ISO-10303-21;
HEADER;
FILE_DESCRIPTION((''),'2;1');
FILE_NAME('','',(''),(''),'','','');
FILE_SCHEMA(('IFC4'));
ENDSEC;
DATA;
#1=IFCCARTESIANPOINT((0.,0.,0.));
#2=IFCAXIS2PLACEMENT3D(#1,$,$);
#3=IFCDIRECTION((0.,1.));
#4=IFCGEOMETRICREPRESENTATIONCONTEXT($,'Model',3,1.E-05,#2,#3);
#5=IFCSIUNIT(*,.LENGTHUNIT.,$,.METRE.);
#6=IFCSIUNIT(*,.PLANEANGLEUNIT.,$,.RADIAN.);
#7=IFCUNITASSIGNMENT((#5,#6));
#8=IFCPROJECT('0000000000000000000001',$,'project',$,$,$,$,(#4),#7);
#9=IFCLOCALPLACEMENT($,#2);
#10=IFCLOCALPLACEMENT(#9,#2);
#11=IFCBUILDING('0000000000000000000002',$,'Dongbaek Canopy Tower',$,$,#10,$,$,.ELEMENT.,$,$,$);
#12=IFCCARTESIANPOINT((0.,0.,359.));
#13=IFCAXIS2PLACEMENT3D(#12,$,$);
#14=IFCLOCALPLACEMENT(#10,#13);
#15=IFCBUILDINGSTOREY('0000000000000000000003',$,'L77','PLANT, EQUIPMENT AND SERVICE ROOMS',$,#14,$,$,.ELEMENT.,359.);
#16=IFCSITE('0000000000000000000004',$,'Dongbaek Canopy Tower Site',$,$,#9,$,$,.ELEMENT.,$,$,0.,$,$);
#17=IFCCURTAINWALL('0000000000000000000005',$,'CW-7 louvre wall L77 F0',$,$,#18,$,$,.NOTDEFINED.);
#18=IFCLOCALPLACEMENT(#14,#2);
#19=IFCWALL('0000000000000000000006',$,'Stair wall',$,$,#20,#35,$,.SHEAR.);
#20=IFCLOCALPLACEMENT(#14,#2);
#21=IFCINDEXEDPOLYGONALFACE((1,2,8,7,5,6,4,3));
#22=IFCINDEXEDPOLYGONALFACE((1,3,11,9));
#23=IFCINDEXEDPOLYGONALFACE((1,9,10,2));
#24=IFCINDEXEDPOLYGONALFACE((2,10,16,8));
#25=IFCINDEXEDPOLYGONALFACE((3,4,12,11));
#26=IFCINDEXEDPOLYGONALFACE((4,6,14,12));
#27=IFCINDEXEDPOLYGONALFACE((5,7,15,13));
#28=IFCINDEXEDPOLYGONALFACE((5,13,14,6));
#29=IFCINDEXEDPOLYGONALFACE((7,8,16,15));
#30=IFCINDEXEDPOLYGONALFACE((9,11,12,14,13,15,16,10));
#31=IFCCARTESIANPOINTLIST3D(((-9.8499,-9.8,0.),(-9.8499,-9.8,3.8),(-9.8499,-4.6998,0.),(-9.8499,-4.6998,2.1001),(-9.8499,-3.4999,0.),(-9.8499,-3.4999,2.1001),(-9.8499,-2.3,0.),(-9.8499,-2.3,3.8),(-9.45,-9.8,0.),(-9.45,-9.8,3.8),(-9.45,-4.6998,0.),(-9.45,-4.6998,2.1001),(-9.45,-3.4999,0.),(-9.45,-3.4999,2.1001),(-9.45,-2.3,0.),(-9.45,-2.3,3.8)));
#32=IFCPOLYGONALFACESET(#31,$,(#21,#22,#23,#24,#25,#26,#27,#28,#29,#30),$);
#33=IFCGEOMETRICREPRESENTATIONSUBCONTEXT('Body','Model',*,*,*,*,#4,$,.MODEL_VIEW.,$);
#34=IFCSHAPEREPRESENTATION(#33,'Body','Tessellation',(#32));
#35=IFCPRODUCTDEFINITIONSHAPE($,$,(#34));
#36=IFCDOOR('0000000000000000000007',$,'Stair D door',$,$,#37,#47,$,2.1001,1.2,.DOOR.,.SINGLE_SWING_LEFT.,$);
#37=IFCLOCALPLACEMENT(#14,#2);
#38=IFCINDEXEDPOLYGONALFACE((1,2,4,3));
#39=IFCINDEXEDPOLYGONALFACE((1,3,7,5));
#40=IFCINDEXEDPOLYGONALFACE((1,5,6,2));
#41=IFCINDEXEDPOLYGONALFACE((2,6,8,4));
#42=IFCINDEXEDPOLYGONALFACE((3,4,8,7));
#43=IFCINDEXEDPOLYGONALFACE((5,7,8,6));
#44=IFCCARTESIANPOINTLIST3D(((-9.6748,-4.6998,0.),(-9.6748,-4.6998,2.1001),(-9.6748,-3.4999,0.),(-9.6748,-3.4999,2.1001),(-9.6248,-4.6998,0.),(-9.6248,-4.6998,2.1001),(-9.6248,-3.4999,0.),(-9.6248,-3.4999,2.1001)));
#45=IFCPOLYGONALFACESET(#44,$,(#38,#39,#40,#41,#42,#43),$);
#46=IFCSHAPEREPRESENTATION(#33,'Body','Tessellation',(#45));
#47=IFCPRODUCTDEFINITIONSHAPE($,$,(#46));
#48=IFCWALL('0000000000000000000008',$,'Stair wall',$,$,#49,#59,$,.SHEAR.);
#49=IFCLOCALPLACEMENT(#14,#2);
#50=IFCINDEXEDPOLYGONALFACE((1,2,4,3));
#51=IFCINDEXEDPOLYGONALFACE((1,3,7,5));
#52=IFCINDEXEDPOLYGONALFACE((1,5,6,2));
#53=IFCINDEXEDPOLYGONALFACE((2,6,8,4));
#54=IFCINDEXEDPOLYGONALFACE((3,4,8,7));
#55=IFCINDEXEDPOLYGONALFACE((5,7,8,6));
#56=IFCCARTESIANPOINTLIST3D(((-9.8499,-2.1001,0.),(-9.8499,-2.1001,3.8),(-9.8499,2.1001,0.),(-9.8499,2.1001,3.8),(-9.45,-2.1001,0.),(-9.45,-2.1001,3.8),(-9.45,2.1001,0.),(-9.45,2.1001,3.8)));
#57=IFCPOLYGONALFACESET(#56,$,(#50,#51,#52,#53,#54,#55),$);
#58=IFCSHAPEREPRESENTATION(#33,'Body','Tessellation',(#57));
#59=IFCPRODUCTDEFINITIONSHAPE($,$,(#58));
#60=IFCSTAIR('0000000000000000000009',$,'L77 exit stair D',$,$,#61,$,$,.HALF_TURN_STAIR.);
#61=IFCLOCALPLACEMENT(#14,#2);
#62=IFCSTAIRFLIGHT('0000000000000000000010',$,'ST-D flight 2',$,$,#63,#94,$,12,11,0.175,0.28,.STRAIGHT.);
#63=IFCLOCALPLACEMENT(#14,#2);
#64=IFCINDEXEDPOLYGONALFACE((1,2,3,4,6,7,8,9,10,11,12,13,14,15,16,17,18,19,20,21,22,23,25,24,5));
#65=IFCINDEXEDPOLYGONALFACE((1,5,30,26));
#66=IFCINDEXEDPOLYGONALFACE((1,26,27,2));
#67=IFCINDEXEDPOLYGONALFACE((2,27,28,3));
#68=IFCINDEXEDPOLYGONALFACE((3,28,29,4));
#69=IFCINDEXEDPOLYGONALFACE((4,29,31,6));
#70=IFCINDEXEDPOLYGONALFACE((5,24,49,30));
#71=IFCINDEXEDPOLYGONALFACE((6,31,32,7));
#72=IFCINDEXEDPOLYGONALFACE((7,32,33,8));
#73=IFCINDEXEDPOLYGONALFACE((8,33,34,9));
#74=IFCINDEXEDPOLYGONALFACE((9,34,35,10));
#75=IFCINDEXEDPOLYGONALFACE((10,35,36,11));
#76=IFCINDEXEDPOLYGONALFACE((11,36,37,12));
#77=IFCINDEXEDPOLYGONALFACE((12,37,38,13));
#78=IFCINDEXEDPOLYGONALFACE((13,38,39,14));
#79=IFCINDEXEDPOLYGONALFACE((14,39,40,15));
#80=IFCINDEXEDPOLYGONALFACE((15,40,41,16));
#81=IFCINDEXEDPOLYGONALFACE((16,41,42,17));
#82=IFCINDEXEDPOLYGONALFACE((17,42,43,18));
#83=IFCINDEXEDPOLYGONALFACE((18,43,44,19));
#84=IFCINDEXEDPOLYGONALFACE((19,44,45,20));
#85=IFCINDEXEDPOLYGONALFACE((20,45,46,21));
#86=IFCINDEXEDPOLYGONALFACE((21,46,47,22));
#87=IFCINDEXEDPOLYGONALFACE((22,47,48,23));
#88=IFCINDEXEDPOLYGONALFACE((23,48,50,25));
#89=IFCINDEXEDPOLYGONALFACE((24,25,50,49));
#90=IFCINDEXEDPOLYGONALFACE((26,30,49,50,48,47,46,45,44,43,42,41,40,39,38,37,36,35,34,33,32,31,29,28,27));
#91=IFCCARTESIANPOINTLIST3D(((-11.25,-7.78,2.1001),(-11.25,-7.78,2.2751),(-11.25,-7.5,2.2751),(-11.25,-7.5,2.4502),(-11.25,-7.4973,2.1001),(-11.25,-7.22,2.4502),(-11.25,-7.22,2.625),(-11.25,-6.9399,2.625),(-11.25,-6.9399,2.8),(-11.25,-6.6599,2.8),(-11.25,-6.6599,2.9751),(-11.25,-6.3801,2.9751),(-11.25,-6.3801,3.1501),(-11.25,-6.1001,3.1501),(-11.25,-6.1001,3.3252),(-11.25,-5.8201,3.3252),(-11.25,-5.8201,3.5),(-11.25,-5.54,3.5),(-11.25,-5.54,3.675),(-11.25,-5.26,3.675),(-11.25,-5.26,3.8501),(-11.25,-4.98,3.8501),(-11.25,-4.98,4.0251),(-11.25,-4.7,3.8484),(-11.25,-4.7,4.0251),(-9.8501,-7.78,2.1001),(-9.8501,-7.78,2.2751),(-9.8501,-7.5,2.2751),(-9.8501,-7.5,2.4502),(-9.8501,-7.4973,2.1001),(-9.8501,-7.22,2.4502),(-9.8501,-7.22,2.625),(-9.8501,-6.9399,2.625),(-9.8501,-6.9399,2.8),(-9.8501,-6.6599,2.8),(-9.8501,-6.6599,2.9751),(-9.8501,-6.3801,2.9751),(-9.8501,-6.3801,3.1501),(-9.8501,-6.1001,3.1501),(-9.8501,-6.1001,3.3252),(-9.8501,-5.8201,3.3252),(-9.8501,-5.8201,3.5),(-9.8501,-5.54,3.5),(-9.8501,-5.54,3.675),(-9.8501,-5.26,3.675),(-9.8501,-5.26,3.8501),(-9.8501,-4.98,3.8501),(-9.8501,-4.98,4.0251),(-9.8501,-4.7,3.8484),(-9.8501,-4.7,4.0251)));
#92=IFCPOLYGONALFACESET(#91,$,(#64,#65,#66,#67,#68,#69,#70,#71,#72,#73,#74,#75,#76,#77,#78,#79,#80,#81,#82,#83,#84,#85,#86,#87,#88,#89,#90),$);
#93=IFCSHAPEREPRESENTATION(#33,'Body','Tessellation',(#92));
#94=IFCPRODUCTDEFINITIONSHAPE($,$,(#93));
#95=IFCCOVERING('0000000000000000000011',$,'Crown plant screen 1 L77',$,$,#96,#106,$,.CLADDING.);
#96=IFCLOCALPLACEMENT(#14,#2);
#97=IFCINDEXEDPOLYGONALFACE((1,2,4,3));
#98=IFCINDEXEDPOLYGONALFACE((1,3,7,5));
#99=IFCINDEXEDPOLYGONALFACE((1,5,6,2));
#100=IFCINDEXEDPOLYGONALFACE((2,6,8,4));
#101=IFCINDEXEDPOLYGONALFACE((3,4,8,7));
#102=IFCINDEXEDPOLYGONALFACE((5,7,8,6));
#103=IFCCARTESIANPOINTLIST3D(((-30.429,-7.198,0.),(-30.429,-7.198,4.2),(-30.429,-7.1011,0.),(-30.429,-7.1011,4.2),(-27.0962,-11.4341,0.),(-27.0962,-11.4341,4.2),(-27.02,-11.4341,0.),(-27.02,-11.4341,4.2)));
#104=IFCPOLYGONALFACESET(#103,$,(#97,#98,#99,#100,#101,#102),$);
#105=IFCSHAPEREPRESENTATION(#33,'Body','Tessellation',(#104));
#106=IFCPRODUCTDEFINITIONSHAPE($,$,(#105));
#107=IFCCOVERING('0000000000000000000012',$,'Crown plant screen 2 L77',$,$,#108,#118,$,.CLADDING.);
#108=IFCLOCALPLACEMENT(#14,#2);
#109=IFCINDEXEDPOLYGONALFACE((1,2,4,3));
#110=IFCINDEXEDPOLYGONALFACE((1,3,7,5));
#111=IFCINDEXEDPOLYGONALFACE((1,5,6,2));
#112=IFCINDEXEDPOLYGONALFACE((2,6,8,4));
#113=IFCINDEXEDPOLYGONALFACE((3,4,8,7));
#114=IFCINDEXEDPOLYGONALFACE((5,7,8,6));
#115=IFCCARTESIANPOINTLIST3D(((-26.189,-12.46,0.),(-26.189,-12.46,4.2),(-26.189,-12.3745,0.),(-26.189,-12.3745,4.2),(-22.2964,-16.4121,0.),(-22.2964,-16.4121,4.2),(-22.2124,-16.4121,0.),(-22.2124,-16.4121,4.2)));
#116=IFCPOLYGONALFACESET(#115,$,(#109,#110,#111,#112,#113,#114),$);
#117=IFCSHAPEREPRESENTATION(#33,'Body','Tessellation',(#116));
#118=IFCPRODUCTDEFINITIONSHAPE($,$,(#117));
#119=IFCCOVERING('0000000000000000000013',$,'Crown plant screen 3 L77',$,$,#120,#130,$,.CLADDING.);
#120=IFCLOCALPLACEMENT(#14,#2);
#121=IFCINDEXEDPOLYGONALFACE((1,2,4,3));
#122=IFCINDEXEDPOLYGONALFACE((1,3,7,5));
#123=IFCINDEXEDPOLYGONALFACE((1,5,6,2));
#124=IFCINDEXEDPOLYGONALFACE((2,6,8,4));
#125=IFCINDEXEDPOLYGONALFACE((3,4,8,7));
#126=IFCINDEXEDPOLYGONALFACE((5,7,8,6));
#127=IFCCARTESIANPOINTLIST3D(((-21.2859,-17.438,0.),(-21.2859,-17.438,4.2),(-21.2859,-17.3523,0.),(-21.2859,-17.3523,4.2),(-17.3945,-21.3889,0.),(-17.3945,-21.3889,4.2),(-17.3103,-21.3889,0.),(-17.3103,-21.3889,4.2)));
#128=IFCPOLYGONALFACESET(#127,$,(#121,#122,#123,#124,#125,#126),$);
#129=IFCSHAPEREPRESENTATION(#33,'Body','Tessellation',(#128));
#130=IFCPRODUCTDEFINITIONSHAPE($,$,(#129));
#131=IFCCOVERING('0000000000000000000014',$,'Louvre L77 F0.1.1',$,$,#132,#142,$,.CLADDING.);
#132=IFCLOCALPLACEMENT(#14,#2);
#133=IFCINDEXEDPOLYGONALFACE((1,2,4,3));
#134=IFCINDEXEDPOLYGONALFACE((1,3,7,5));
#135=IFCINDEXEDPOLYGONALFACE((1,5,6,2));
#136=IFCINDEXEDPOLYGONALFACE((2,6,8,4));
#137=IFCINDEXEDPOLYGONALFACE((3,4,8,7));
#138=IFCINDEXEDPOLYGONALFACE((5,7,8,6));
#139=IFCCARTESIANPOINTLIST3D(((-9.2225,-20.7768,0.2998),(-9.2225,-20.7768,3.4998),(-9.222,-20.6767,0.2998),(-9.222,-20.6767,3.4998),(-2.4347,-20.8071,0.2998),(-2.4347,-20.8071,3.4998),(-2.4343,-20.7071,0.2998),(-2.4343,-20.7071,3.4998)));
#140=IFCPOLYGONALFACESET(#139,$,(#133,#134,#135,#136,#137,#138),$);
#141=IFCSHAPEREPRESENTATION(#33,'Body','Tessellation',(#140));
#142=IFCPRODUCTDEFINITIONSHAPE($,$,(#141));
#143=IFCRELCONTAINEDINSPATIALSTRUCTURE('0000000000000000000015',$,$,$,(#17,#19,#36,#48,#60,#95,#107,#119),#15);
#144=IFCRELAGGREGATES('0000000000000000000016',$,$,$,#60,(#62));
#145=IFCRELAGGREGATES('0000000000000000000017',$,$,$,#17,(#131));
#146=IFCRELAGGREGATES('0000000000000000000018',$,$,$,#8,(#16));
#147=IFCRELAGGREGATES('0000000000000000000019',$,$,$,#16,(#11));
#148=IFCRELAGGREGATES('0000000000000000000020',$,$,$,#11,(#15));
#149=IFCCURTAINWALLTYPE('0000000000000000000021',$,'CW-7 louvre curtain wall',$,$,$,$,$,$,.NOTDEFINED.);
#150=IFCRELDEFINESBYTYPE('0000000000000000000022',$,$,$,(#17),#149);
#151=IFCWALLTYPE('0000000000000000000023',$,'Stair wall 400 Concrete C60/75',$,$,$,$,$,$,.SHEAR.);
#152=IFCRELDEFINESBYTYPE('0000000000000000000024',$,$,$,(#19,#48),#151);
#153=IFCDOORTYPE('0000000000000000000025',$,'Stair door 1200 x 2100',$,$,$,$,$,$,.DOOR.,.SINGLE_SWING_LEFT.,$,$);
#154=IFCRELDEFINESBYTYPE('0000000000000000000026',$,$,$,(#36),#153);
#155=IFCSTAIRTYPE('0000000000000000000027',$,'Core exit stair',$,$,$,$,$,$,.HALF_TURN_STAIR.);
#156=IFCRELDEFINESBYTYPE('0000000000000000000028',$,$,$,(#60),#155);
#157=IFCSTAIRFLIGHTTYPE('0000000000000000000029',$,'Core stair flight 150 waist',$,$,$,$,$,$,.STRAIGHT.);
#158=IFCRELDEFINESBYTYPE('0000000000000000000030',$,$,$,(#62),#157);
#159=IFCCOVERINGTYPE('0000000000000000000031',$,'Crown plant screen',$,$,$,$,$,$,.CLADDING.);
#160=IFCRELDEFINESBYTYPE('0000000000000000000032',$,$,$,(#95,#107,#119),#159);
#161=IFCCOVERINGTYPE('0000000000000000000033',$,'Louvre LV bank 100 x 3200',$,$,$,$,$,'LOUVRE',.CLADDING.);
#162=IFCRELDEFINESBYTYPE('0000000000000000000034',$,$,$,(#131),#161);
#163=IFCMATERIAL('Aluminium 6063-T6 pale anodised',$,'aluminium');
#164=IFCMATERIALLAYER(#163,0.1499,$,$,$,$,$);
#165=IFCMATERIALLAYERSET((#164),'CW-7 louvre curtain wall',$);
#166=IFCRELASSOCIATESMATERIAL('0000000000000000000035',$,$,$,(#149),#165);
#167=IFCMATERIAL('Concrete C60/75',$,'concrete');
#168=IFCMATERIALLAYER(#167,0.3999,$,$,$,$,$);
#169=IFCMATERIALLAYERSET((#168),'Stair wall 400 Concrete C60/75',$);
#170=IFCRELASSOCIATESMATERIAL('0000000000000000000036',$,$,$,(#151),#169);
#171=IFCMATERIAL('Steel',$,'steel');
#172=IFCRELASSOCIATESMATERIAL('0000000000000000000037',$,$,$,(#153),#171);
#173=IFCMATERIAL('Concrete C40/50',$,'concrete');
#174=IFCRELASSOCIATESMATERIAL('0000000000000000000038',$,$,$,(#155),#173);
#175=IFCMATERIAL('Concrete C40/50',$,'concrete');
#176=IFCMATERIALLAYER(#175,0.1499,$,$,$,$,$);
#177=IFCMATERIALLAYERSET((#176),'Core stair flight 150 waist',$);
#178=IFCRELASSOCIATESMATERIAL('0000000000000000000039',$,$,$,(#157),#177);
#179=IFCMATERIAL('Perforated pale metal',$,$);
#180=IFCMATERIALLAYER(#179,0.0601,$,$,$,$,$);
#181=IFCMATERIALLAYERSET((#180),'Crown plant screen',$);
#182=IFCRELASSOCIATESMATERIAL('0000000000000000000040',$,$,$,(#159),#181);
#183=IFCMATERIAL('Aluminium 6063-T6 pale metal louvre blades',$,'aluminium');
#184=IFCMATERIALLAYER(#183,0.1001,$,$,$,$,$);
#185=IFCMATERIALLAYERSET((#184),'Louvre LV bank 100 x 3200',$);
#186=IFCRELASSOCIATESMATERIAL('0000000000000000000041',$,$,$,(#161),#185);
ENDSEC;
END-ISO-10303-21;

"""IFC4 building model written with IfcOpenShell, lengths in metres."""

from ifc_helpers import new_model, si_unit, direction, frame, frame_2d, origin, origin_2d, place, context, subcontext, project, spatial, polyline, rectangle, outline, extrude, material, layer, layer_set, type_object, element, fill, aggregate, save


model = new_model("IFC4")

# Units and contexts
model_context = context("Model", 3, precision=1e-05, world=origin(), true_north=direction((0.0, 1.0)))
body_context = subcontext(model_context, "Body", "Model", "MODEL_VIEW")
ifc_project = project(units=[si_unit("LENGTHUNIT", "METRE"), si_unit("PLANEANGLEUNIT", "RADIAN")], contexts=[model_context])

# Site, building, storey
site_placement = place(None, origin())
site = spatial("IfcSite", under=ifc_project, at=site_placement, Name="Dongbaek Canopy Tower Site", CompositionType="ELEMENT", RefElevation=0.0)
building_placement = place(site_placement, origin())
building = spatial("IfcBuilding", under=site, at=building_placement, Name="Dongbaek Canopy Tower", CompositionType="ELEMENT")
storey_placement = place(building_placement, frame((0.0, 0.0, 359.0)))
storey = spatial("IfcBuildingStorey", under=building, at=storey_placement, Name="L77", Description="PLANT, EQUIPMENT AND SERVICE ROOMS", CompositionType="ELEMENT", Elevation=359.0)

# Curtain wall
ifc_material_1 = material(Name="Aluminium 6063-T6 pale anodised", Category="aluminium")
ifc_layer_1 = layer(ifc_material_1, 0.1499)
ifc_layer_set_1 = layer_set([ifc_layer_1], Name="CW-7 louvre curtain wall")
curtain_wall_type = type_object("IfcCurtainWallType", Name="CW-7 louvre curtain wall", PredefinedType="NOTDEFINED", material=ifc_layer_set_1)
curtain_wall_1_placement = place(storey_placement, origin())
curtain_wall_1 = element("IfcCurtainWall", 1, at=curtain_wall_1_placement, inside=storey, type_object=curtain_wall_type, Name="CW-7 louvre wall L77 F0", PredefinedType="NOTDEFINED")

# Wall, opening, door
ifc_material_2 = material(Name="Concrete C60/75", Category="concrete")
ifc_layer_2 = layer(ifc_material_2, 0.3999)
ifc_layer_set_2 = layer_set([ifc_layer_2], Name="Stair wall 400 Concrete C60/75")
wall_type_1 = type_object("IfcWallType", Name="Stair wall 400 Concrete C60/75", PredefinedType="SHEAR", material=ifc_layer_set_2)
wall_1_placement = place(storey_placement, frame((-9.6499, -9.8, 0.0), z_axis=(0.0, 0.0, 1.0), x_axis=(0.0, 1.0, 0.0)))
wall_1 = element("IfcWall", 2, at=wall_1_placement, inside=storey, type_object=wall_type_1, Name="Stair wall", PredefinedType="SHEAR", context=body_context, shape_type="SweptSolid", body=[
    extrude(rectangle(XDim=7.5, YDim=0.3999, at=frame_2d((3.75, 0.0))), origin(), (0.0, 0.0, 1.0), 3.8),
])
opening_1_placement = place(wall_1_placement, frame((5.1001, 0.0, 0.0)))
opening_1 = element("IfcOpeningElement", 3, at=opening_1_placement, cuts=wall_1, PredefinedType="OPENING", context=body_context, shape_type="SweptSolid", body=[
    extrude(rectangle(XDim=1.2, YDim=2.1001, at=frame_2d((0.6001, 1.05))), frame((0.0, 0.21, 0.0), z_axis=(0.0, -1.0, 0.0), x_axis=(1.0, 0.0, 0.0)), (0.0, 0.0, 1.0), 0.4199),
])
ifc_material_3 = material(Name="Steel", Category="steel")
door_type_1 = type_object("IfcDoorType", Name="Stair door 1200 x 2100", OperationType="SINGLE_SWING_LEFT", PredefinedType="DOOR", material=ifc_material_3)
door_1_placement = place(opening_1_placement, origin())
door_1 = element("IfcDoor", 4, at=door_1_placement, inside=storey, type_object=door_type_1, Name="Stair D door", OperationType="SINGLE_SWING_LEFT", OverallHeight=2.1001, OverallWidth=1.2, PredefinedType="DOOR", context=body_context, shape_type="SweptSolid", body=[
    extrude(rectangle(XDim=1.2, YDim=2.1001, at=frame_2d((0.6001, 1.05))), frame((0.0, 0.0249, 0.0), z_axis=(0.0, -1.0, 0.0), x_axis=(1.0, 0.0, 0.0)), (0.0, 0.0, 1.0), 0.05),
])
fill(opening_1, door_1)

# Wall
wall_2_placement = place(storey_placement, frame((-9.6499, -2.1001, 0.0), z_axis=(0.0, 0.0, 1.0), x_axis=(0.0, 1.0, 0.0)))
element("IfcWall", 5, at=wall_2_placement, inside=storey, type_object=wall_type_1, Name="Stair wall", PredefinedType="SHEAR", context=body_context, shape_type="SweptSolid", body=[
    extrude(rectangle(XDim=4.2002, YDim=0.3999, at=frame_2d((2.1001, 0.0))), origin(), (0.0, 0.0, 1.0), 3.8),
])

# Stair, stair flight
ifc_material_4 = material(Name="Concrete C40/50", Category="concrete")
stair_type = type_object("IfcStairType", Name="Core exit stair", PredefinedType="HALF_TURN_STAIR", material=ifc_material_4)
stair_placement = place(storey_placement, origin())
stair = element("IfcStair", 6, at=stair_placement, inside=storey, type_object=stair_type, Name="L77 exit stair D", PredefinedType="HALF_TURN_STAIR")
ifc_material_5 = material(Name="Concrete C40/50", Category="concrete")
ifc_layer_3 = layer(ifc_material_5, 0.1499)
ifc_layer_set_3 = layer_set([ifc_layer_3], Name="Core stair flight 150 waist")
stair_flight_type = type_object("IfcStairFlightType", Name="Core stair flight 150 waist", PredefinedType="STRAIGHT", material=ifc_layer_set_3)
stair_flight_placement = place(storey_placement, frame((-10.55, -7.78, 2.1001), z_axis=(0.0, 0.0, 1.0), x_axis=(0.0, 1.0, 0.0)))
stair_flight = element("IfcStairFlight", 7, at=stair_flight_placement, type_object=stair_flight_type, Name="ST-D flight 2", NumberOfRisers=12, NumberOfTreads=11, PredefinedType="STRAIGHT", RiserHeight=0.175, TreadLength=0.28, context=body_context, shape_type="SweptSolid", body=[
    extrude(outline(polyline([(0.0, 0.0), (0.0, 0.175), (0.28, 0.175), (0.28, 0.3501), (0.5601, 0.3501), (0.5601, 0.5249), (0.8401, 0.5249), (0.8401, 0.7), (1.1201, 0.7), (1.1201, 0.875), (1.3999, 0.875), (1.3999, 1.05), (1.6799, 1.05), (1.6799, 1.2251), (1.96, 1.2251), (1.96, 1.3999), (2.24, 1.3999), (2.24, 1.575), (2.52, 1.575), (2.52, 1.75), (2.8, 1.75), (2.8, 1.925), (3.0801, 1.925), (3.0801, 2.1001), (3.0801, 1.7483), (0.2827, 0.0), (0.0, 0.0)])), frame((0.0, 0.7, 0.0), z_axis=(0.0, -1.0, 0.0), x_axis=(1.0, 0.0, 0.0)), (0.0, 0.0, 1.0), 1.3999),
])
aggregate(stair, [stair_flight])

# Coverings
ifc_material_6 = material(Name="Perforated pale metal")
ifc_layer_4 = layer(ifc_material_6, 0.0601)
ifc_layer_set_4 = layer_set([ifc_layer_4], Name="Crown plant screen")
covering_type_1 = type_object("IfcCoveringType", Name="Crown plant screen", PredefinedType="CLADDING", material=ifc_layer_set_4)
covering_1_placement = place(storey_placement, origin())
element("IfcCovering", 8, at=covering_1_placement, inside=storey, type_object=covering_type_1, Name="Crown plant screen 1 L77", PredefinedType="CLADDING", context=body_context, shape_type="SweptSolid", body=[
    extrude(outline(polyline([(-30.429, -7.198), (-30.429, -7.1011), (-27.02, -11.4341), (-27.0962, -11.4341), (-30.429, -7.198)])), origin(), (0.0, 0.0, 1.0), 4.2),
])
covering_2_placement = place(storey_placement, origin())
element("IfcCovering", 9, at=covering_2_placement, inside=storey, type_object=covering_type_1, Name="Crown plant screen 2 L77", PredefinedType="CLADDING", context=body_context, shape_type="SweptSolid", body=[
    extrude(outline(polyline([(-26.189, -12.46), (-26.189, -12.3745), (-22.2124, -16.4121), (-22.2964, -16.4121), (-26.189, -12.46)])), origin(), (0.0, 0.0, 1.0), 4.2),
])
covering_3_placement = place(storey_placement, origin())
element("IfcCovering", 10, at=covering_3_placement, inside=storey, type_object=covering_type_1, Name="Crown plant screen 3 L77", PredefinedType="CLADDING", context=body_context, shape_type="SweptSolid", body=[
    extrude(outline(polyline([(-21.2859, -17.438), (-21.2859, -17.3523), (-17.3103, -21.3889), (-17.3945, -21.3889), (-21.2859, -17.438)])), origin(), (0.0, 0.0, 1.0), 4.2),
])

# Covering
ifc_material_7 = material(Name="Aluminium 6063-T6 pale metal louvre blades", Category="aluminium")
ifc_layer_5 = layer(ifc_material_7, 0.1001)
ifc_layer_set_5 = layer_set([ifc_layer_5], Name="Louvre LV bank 100 x 3200")
covering_type_2 = type_object("IfcCoveringType", Name="Louvre LV bank 100 x 3200", ElementType="LOUVRE", PredefinedType="CLADDING", material=ifc_layer_set_5)
covering_4_placement = place(storey_placement, frame((-5.8284, -20.7419, 0.2998), z_axis=(0.0, 0.0, 1.0), x_axis=(0.99999, -0.004466, 0.0)))
covering_4 = element("IfcCovering", 11, at=covering_4_placement, type_object=covering_type_2, Name="Louvre L77 F0.1.1", PredefinedType="CLADDING", context=body_context, shape_type="SweptSolid", body=[
    extrude(rectangle(XDim=6.7878, YDim=0.1001, at=origin_2d()), origin(), (0.0, 0.0, 1.0), 3.2),
])

aggregate(curtain_wall_1, [covering_4])

save(model, "model.ifc")
